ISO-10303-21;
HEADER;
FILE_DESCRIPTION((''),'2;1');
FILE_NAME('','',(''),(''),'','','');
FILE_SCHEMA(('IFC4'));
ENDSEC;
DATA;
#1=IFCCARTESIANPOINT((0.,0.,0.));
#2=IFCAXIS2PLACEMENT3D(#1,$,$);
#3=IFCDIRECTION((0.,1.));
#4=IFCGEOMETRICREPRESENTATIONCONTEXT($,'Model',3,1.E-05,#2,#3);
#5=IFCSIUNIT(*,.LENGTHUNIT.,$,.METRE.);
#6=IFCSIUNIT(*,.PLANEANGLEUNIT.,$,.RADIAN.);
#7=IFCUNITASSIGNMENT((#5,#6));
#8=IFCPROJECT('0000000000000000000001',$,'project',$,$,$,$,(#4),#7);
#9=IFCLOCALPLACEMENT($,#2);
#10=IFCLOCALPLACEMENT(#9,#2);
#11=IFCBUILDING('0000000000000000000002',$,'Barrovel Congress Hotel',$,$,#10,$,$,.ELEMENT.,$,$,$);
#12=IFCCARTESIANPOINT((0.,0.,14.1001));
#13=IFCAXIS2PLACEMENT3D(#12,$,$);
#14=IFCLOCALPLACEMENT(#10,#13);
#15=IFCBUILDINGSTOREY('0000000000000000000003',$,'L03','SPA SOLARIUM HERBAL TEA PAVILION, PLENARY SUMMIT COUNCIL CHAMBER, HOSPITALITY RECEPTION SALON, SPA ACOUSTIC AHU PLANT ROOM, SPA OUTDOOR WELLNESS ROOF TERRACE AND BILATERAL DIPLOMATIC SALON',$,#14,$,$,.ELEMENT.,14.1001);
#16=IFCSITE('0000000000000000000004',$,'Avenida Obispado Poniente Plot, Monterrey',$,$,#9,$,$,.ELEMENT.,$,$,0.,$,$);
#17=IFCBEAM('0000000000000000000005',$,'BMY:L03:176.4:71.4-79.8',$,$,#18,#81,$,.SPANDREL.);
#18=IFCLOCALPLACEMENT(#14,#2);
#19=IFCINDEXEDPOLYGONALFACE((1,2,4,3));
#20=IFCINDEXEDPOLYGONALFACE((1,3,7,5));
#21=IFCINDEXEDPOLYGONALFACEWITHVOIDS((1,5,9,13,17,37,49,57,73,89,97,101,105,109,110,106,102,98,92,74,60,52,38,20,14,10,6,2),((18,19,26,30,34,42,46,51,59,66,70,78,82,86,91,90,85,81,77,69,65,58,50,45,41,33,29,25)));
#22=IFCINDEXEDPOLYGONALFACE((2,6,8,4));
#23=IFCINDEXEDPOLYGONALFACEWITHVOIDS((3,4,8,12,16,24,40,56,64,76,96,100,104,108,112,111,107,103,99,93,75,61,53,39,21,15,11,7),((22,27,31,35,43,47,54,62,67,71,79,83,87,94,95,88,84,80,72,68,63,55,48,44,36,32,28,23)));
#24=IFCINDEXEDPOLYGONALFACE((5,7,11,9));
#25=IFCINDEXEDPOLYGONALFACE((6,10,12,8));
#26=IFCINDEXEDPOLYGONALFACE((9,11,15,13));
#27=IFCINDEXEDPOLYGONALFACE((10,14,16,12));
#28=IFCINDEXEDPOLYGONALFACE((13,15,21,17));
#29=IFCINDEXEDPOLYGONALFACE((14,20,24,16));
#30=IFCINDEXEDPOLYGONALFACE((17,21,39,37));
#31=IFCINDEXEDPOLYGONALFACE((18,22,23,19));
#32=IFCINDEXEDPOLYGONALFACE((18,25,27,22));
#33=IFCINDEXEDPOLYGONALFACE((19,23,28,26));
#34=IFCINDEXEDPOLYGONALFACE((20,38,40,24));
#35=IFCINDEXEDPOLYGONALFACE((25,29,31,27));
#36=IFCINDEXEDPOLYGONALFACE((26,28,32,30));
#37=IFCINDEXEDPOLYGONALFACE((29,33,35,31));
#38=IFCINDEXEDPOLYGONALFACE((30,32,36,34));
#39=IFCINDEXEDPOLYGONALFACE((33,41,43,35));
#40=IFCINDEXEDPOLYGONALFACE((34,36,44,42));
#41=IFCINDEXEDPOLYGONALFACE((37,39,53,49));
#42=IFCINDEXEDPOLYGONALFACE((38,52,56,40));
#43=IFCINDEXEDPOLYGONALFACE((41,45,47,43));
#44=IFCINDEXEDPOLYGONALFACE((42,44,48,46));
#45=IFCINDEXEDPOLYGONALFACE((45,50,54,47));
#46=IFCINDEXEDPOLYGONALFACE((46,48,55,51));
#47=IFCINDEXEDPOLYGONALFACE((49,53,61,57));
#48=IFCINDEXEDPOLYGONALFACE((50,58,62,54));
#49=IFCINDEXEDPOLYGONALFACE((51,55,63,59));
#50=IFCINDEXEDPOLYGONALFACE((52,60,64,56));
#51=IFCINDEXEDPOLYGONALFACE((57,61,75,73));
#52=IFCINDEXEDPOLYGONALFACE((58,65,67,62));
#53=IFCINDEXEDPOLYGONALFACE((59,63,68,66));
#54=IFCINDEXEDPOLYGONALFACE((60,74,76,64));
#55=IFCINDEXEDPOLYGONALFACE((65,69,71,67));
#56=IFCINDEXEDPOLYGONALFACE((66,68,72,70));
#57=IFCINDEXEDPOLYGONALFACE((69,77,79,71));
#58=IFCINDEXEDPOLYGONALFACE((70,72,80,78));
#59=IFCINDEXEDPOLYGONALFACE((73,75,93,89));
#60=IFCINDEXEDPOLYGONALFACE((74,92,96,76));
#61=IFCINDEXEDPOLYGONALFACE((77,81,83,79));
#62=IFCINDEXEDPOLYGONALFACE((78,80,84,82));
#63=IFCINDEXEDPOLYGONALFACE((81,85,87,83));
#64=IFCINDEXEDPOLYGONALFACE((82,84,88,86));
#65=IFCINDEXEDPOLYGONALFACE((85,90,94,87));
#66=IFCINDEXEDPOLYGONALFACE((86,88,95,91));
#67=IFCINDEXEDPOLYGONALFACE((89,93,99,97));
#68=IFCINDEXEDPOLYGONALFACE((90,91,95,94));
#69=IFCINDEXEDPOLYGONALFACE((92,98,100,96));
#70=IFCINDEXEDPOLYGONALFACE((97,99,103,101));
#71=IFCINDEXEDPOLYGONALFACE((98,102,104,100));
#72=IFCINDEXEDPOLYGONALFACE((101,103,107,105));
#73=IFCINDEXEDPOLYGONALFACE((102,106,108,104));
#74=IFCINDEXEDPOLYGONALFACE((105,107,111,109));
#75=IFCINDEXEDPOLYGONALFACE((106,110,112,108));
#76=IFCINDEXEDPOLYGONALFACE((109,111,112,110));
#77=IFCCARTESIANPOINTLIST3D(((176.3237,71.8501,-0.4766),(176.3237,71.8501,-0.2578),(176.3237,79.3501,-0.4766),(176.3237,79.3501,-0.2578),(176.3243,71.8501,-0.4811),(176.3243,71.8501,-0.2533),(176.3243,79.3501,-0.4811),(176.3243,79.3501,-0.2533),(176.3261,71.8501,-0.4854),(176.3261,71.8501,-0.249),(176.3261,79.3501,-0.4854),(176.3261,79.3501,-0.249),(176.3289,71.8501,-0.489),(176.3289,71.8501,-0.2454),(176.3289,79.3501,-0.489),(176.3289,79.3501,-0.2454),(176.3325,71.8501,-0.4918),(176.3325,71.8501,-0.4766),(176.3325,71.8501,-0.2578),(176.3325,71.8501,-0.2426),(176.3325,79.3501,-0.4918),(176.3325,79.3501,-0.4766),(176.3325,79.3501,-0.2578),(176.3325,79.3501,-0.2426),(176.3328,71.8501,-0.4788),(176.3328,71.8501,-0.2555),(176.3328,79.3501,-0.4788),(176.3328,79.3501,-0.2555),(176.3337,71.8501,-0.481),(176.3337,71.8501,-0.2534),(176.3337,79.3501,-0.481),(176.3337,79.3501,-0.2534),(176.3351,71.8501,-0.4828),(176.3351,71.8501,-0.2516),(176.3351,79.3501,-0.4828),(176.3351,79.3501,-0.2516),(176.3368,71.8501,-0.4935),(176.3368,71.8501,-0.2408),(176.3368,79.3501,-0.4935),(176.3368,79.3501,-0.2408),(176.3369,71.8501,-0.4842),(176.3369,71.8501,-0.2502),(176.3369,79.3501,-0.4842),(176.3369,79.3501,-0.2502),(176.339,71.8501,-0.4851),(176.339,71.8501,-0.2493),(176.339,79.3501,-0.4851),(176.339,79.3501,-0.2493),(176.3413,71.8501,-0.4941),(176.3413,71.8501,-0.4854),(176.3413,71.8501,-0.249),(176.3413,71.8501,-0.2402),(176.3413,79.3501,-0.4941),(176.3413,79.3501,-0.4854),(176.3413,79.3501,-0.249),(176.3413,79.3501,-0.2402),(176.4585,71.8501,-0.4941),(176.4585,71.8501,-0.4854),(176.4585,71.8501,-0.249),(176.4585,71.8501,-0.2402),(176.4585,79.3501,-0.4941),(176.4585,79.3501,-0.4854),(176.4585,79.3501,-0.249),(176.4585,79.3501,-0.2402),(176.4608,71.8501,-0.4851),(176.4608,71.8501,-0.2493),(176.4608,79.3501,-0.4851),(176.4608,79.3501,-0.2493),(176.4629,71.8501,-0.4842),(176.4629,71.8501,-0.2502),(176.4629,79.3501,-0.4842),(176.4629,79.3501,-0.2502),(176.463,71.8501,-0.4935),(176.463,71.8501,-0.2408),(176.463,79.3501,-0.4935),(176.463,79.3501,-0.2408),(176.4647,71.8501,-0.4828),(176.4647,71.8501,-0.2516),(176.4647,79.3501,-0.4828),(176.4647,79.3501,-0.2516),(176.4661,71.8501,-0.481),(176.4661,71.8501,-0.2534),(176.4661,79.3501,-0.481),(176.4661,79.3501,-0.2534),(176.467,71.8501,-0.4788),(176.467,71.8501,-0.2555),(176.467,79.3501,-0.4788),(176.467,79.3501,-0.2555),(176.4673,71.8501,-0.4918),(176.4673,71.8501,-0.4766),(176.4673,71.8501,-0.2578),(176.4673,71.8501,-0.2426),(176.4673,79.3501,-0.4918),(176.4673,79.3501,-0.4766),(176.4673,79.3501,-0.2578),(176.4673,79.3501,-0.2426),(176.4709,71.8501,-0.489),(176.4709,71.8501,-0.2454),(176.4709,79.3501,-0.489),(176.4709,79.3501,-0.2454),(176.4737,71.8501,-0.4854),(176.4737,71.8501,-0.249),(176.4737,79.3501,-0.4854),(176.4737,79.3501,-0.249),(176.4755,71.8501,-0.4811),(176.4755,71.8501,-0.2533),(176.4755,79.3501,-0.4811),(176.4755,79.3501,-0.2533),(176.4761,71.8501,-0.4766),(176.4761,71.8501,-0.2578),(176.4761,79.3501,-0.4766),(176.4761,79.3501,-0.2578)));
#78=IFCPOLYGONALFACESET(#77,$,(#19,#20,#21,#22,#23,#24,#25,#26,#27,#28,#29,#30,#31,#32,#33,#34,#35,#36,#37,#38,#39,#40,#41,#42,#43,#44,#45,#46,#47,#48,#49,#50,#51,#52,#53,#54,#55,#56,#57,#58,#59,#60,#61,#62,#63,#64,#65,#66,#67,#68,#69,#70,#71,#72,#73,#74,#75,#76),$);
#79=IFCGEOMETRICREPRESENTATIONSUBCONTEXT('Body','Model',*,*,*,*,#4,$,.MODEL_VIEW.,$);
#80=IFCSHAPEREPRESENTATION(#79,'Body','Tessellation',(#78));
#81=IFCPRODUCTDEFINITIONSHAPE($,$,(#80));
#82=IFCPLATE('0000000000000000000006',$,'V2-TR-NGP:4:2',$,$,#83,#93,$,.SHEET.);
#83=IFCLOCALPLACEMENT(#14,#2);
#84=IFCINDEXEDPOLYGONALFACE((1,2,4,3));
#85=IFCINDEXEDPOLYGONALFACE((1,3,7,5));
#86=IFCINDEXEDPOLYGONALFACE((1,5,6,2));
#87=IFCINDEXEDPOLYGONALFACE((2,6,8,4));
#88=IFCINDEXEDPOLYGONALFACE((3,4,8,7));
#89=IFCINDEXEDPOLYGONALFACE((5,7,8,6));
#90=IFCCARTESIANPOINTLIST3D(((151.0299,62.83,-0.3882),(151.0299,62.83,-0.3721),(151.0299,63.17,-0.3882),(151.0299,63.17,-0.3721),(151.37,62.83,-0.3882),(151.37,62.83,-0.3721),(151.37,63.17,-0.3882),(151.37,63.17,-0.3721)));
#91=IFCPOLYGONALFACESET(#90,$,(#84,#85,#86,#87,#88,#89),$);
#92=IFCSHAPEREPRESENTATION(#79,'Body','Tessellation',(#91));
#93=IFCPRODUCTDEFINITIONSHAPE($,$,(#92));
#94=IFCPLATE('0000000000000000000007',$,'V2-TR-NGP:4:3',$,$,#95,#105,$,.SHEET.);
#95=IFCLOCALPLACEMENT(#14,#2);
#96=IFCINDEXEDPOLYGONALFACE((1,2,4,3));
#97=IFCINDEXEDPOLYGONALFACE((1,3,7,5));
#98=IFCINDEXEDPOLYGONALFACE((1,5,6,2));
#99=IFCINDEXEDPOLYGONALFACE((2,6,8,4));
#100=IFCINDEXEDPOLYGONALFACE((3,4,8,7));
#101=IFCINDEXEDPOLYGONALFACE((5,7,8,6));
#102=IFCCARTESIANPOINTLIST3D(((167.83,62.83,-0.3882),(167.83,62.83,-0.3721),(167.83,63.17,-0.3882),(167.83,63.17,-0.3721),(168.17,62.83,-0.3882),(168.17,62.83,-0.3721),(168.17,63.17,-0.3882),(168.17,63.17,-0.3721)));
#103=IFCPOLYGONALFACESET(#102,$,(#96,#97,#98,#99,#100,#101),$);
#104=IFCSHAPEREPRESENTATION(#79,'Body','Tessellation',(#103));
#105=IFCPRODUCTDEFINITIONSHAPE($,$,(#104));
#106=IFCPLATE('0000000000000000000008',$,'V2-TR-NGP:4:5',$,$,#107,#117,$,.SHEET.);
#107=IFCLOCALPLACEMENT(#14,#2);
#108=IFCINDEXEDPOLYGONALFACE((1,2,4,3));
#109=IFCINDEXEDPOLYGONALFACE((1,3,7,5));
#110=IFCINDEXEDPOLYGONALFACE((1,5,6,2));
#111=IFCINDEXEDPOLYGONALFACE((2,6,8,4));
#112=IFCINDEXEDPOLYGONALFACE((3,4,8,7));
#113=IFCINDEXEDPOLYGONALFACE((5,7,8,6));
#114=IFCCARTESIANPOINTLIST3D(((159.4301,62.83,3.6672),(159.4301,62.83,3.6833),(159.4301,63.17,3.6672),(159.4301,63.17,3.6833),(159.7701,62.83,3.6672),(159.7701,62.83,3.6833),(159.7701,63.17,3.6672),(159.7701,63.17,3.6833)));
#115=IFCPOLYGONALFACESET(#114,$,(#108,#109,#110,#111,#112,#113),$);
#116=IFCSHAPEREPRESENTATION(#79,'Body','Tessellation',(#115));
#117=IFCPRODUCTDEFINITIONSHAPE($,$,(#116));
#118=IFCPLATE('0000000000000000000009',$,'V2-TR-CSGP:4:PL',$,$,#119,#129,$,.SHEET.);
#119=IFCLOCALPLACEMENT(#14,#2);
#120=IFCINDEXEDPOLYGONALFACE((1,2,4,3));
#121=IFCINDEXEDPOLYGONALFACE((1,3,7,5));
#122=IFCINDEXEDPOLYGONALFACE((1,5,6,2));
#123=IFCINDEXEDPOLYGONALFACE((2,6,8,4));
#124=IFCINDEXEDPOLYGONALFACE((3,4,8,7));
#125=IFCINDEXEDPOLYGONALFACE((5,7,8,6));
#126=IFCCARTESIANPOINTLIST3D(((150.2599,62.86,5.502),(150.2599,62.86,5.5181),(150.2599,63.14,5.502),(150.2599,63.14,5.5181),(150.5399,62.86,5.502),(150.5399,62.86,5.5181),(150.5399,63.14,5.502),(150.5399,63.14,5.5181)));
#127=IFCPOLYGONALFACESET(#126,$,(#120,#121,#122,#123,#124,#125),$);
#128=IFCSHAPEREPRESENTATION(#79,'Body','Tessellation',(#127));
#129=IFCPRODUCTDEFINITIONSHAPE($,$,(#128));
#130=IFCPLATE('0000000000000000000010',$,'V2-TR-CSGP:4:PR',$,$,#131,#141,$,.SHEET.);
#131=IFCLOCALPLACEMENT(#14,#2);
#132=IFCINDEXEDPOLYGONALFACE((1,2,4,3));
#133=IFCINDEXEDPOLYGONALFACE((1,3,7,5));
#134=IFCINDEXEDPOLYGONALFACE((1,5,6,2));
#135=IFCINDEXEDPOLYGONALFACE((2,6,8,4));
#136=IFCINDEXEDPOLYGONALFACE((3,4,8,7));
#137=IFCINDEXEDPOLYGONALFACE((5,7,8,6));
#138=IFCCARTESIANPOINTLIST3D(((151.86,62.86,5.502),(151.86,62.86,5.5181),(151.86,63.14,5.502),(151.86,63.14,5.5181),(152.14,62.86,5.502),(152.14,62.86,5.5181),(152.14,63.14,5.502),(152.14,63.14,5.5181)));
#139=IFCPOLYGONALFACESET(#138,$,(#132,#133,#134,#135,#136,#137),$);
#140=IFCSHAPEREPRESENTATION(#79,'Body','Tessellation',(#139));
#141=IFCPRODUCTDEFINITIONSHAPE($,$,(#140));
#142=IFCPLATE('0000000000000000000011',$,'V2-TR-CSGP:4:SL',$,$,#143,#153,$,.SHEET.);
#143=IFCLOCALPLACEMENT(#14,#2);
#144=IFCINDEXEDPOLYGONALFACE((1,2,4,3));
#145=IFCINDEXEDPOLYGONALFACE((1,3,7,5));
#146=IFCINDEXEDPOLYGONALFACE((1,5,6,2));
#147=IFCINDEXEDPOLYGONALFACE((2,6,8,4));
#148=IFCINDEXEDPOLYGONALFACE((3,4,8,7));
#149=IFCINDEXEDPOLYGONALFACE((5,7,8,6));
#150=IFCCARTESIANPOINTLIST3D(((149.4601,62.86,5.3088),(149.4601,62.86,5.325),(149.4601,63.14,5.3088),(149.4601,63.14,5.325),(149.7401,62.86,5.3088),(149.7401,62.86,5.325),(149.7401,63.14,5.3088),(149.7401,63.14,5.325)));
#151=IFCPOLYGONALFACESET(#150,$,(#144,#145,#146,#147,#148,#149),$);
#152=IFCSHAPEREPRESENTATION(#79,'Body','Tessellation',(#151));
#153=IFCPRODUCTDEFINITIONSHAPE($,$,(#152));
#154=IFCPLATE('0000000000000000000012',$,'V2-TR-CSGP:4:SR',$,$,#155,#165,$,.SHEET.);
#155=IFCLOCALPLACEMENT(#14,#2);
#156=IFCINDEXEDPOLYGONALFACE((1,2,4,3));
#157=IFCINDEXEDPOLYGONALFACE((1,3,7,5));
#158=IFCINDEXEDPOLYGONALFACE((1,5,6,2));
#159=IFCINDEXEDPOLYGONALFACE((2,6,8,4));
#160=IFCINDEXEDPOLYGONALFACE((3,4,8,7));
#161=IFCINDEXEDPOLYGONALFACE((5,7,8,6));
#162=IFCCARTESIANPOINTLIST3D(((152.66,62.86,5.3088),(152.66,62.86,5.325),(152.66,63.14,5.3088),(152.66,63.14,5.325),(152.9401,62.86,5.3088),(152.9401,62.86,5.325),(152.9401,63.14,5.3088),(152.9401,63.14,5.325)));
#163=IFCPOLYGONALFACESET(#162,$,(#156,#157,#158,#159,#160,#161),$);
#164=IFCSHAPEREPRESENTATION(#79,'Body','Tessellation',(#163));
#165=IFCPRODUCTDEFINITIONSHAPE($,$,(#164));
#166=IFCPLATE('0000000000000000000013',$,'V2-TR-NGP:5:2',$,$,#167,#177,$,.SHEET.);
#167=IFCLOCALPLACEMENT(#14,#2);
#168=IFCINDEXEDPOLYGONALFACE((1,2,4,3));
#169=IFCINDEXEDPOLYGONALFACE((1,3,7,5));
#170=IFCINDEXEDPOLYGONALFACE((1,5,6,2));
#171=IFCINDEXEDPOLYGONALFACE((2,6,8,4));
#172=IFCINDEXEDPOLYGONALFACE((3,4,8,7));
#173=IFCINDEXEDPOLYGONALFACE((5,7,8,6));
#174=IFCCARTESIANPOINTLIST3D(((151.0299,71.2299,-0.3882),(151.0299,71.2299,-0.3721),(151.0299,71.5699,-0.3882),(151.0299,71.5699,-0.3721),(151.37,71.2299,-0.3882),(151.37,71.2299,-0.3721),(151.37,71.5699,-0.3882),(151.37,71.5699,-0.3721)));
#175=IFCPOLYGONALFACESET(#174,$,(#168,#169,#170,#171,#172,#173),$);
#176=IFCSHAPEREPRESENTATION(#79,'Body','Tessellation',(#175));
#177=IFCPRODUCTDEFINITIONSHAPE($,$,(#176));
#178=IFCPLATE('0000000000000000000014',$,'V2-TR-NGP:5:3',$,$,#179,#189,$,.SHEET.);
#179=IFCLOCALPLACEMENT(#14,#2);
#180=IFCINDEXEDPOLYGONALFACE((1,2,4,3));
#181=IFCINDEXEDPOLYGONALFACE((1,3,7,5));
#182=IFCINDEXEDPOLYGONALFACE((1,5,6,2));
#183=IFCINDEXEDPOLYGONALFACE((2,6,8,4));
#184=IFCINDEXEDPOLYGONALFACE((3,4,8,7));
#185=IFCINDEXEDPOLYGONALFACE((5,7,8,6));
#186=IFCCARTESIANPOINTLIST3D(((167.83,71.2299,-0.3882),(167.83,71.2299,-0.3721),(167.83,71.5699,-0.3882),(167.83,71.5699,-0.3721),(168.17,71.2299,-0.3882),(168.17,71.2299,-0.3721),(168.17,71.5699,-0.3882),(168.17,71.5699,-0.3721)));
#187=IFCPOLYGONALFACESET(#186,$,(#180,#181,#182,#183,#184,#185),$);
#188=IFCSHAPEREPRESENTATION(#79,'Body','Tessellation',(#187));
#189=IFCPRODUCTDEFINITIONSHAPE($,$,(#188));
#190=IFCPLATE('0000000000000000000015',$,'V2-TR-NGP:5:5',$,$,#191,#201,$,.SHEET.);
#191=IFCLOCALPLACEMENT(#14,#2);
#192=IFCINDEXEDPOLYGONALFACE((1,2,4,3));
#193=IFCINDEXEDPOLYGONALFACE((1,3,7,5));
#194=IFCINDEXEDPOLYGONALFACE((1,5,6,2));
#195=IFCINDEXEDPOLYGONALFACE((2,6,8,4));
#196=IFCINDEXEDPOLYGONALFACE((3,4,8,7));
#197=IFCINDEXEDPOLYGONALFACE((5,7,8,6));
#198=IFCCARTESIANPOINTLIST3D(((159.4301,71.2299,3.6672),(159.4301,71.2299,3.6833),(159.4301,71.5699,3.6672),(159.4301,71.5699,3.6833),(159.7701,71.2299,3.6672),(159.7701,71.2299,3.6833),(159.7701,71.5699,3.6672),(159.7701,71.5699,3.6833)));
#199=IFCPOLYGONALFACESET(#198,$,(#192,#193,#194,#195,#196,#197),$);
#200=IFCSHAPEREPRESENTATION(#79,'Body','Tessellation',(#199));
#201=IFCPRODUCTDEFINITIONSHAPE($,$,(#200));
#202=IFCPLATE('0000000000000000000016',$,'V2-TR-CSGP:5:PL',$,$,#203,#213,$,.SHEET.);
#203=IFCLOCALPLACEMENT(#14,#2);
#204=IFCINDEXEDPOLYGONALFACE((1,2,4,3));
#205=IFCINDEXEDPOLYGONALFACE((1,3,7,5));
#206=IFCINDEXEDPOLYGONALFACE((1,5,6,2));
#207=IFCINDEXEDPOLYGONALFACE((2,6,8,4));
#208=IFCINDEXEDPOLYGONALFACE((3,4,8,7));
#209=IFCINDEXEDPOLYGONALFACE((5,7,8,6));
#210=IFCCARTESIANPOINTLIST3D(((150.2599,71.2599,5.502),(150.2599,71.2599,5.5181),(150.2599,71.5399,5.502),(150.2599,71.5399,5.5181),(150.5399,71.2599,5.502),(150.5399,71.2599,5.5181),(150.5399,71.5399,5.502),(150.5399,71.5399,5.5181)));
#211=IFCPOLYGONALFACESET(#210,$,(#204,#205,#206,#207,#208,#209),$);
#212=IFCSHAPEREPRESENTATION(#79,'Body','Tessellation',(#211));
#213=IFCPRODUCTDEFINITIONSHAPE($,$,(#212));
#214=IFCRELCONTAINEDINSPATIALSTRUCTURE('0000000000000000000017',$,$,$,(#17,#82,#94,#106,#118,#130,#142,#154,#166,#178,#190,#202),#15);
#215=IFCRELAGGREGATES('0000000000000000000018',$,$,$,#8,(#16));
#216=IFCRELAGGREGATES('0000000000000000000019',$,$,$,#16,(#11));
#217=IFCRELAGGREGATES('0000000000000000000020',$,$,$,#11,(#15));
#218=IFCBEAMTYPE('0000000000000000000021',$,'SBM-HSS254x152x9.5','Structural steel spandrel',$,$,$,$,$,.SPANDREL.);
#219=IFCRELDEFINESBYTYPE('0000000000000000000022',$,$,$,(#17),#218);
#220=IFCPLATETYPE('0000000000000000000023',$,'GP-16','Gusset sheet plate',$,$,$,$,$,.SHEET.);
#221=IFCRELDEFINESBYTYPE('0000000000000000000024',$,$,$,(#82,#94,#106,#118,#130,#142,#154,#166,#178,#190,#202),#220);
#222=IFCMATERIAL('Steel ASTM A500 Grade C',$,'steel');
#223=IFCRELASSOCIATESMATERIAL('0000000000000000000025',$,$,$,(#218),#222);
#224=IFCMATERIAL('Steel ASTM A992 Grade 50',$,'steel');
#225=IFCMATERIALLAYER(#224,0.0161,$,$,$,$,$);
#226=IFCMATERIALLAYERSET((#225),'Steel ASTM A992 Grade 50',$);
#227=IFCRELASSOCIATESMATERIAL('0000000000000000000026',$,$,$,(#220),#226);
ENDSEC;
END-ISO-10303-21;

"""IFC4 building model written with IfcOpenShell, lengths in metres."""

from ifc_helpers import new_model, si_unit, direction, frame, origin, origin_2d, place, context, subcontext, project, spatial, rectangle, hollow_rectangle, extrude, material, layer, layer_set, material_profile, profile_set, type_object, element, save


model = new_model("IFC4")

# Units and contexts
model_context = context("Model", 3, precision=1e-05, world=origin(), true_north=direction((0.0, 1.0)))
body_context = subcontext(model_context, "Body", "Model", "MODEL_VIEW")
ifc_project = project(units=[si_unit("LENGTHUNIT", "METRE"), si_unit("PLANEANGLEUNIT", "RADIAN")], contexts=[model_context])

# Site, building, storey
site_placement = place(None, origin())
site = spatial("IfcSite", under=ifc_project, at=site_placement, Name="Avenida Obispado Poniente Plot, Monterrey", CompositionType="ELEMENT", RefElevation=0.0)
building_placement = place(site_placement, origin())
building = spatial("IfcBuilding", under=site, at=building_placement, Name="Barrovel Congress Hotel", CompositionType="ELEMENT")
storey_placement = place(building_placement, frame((0.0, 0.0, 14.1001)))
storey = spatial("IfcBuildingStorey", under=building, at=storey_placement, Name="L03", Description="SPA SOLARIUM HERBAL TEA PAVILION, PLENARY SUMMIT COUNCIL CHAMBER, HOSPITALITY RECEPTION SALON, SPA ACOUSTIC AHU PLANT ROOM, SPA OUTDOOR WELLNESS ROOF TERRACE AND BILATERAL DIPLOMATIC SALON", CompositionType="ELEMENT", Elevation=14.1001)

# Shared definitions
ifc_material_1 = material(Name="Steel ASTM A500 Grade C", Category="steel")
ifc_material_2 = material(Name="Steel ASTM A992 Grade 50", Category="steel")

# Beam
ifc_material_profile_1 = material_profile(ifc_material_1, hollow_rectangle(XDim=0.1523, YDim=0.2539, WallThickness=0.0088, InnerFilletRadius=0.0088, OuterFilletRadius=0.0176, at=origin_2d()), Name="HSS254x152x9.5")
ifc_profile_set_1 = profile_set([ifc_material_profile_1], Name="Steel ASTM A500 Grade C")
beam_type_1 = type_object("IfcBeamType", Name="SBM-HSS254x152x9.5", Description="Structural steel spandrel", PredefinedType="SPANDREL", material=ifc_profile_set_1)
beam_1_placement = place(storey_placement, frame((176.3999, 71.8501, -0.3672), z_axis=(0.0, 1.0, 0.0), x_axis=(-1.0, 0.0, 0.0)))
element("IfcBeam", 1, at=beam_1_placement, inside=storey, type_object=beam_type_1, Name="BMY:L03:176.4:71.4-79.8", PredefinedType="SPANDREL", context=body_context, shape_type="SweptSolid", body=[
    extrude(hollow_rectangle(XDim=0.1523, YDim=0.2539, WallThickness=0.0088, InnerFilletRadius=0.0088, OuterFilletRadius=0.0176, at=origin_2d()), origin(), (0.0, 0.0, 1.0), 7.5),
])

# Plates
ifc_layer_1 = layer(ifc_material_2, 0.0161)
ifc_layer_set_1 = layer_set([ifc_layer_1], Name="Steel ASTM A992 Grade 50")
plate_type_1 = type_object("IfcPlateType", Name="GP-16", Description="Gusset sheet plate", PredefinedType="SHEET", material=ifc_layer_set_1)
for number, where, z_axis, x_axis, name in (
    (2, (151.2, 63.0, -0.3882), (0.0, 0.0, 1.0), (1.0, 0.0, 0.0), "V2-TR-NGP:4:2"),
    (3, (168.0, 63.0, -0.3882), (0.0, 0.0, 1.0), (1.0, 0.0, 0.0), "V2-TR-NGP:4:3"),
    (4, (159.6001, 63.0, 3.6672), (0.0, 0.0, 1.0), (1.0, 0.0, 0.0), "V2-TR-NGP:4:5"),
):
    element("IfcPlate", number, at=place(storey_placement, frame(where, z_axis=z_axis, x_axis=x_axis)), inside=storey, type_object=plate_type_1, Name=name, PredefinedType="SHEET", context=body_context, shape_type="SweptSolid", body=[
        extrude(rectangle(XDim=0.3401, YDim=0.3401, at=origin_2d()), origin(), (0.0, 0.0, 1.0), 0.0161),
    ])
for number, where, z_axis, x_axis, name in (
    (5, (150.3999, 63.0, 5.502), (0.0, 0.0, 1.0), (1.0, 0.0, 0.0), "V2-TR-CSGP:4:PL"),
    (6, (152.0, 63.0, 5.502), (0.0, 0.0, 1.0), (1.0, 0.0, 0.0), "V2-TR-CSGP:4:PR"),
    (7, (149.6001, 63.0, 5.3088), (0.0, 0.0, 1.0), (1.0, 0.0, 0.0), "V2-TR-CSGP:4:SL"),
    (8, (152.8, 63.0, 5.3088), (0.0, 0.0, 1.0), (1.0, 0.0, 0.0), "V2-TR-CSGP:4:SR"),
):
    element("IfcPlate", number, at=place(storey_placement, frame(where, z_axis=z_axis, x_axis=x_axis)), inside=storey, type_object=plate_type_1, Name=name, PredefinedType="SHEET", context=body_context, shape_type="SweptSolid", body=[
        extrude(rectangle(XDim=0.28, YDim=0.28, at=origin_2d()), origin(), (0.0, 0.0, 1.0), 0.0161),
    ])
for number, where, z_axis, x_axis, name in (
    (9, (151.2, 71.3999, -0.3882), (0.0, 0.0, 1.0), (1.0, 0.0, 0.0), "V2-TR-NGP:5:2"),
    (10, (168.0, 71.3999, -0.3882), (0.0, 0.0, 1.0), (1.0, 0.0, 0.0), "V2-TR-NGP:5:3"),
    (11, (159.6001, 71.3999, 3.6672), (0.0, 0.0, 1.0), (1.0, 0.0, 0.0), "V2-TR-NGP:5:5"),
):
    element("IfcPlate", number, at=place(storey_placement, frame(where, z_axis=z_axis, x_axis=x_axis)), inside=storey, type_object=plate_type_1, Name=name, PredefinedType="SHEET", context=body_context, shape_type="SweptSolid", body=[
        extrude(rectangle(XDim=0.3401, YDim=0.3401, at=origin_2d()), origin(), (0.0, 0.0, 1.0), 0.0161),
    ])
for number, where, z_axis, x_axis, name in (
    (12, (150.3999, 71.3999, 5.502), (0.0, 0.0, 1.0), (1.0, 0.0, 0.0), "V2-TR-CSGP:5:PL"),
):
    element("IfcPlate", number, at=place(storey_placement, frame(where, z_axis=z_axis, x_axis=x_axis)), inside=storey, type_object=plate_type_1, Name=name, PredefinedType="SHEET", context=body_context, shape_type="SweptSolid", body=[
        extrude(rectangle(XDim=0.28, YDim=0.28, at=origin_2d()), origin(), (0.0, 0.0, 1.0), 0.0161),
    ])

save(model, "model.ifc")
